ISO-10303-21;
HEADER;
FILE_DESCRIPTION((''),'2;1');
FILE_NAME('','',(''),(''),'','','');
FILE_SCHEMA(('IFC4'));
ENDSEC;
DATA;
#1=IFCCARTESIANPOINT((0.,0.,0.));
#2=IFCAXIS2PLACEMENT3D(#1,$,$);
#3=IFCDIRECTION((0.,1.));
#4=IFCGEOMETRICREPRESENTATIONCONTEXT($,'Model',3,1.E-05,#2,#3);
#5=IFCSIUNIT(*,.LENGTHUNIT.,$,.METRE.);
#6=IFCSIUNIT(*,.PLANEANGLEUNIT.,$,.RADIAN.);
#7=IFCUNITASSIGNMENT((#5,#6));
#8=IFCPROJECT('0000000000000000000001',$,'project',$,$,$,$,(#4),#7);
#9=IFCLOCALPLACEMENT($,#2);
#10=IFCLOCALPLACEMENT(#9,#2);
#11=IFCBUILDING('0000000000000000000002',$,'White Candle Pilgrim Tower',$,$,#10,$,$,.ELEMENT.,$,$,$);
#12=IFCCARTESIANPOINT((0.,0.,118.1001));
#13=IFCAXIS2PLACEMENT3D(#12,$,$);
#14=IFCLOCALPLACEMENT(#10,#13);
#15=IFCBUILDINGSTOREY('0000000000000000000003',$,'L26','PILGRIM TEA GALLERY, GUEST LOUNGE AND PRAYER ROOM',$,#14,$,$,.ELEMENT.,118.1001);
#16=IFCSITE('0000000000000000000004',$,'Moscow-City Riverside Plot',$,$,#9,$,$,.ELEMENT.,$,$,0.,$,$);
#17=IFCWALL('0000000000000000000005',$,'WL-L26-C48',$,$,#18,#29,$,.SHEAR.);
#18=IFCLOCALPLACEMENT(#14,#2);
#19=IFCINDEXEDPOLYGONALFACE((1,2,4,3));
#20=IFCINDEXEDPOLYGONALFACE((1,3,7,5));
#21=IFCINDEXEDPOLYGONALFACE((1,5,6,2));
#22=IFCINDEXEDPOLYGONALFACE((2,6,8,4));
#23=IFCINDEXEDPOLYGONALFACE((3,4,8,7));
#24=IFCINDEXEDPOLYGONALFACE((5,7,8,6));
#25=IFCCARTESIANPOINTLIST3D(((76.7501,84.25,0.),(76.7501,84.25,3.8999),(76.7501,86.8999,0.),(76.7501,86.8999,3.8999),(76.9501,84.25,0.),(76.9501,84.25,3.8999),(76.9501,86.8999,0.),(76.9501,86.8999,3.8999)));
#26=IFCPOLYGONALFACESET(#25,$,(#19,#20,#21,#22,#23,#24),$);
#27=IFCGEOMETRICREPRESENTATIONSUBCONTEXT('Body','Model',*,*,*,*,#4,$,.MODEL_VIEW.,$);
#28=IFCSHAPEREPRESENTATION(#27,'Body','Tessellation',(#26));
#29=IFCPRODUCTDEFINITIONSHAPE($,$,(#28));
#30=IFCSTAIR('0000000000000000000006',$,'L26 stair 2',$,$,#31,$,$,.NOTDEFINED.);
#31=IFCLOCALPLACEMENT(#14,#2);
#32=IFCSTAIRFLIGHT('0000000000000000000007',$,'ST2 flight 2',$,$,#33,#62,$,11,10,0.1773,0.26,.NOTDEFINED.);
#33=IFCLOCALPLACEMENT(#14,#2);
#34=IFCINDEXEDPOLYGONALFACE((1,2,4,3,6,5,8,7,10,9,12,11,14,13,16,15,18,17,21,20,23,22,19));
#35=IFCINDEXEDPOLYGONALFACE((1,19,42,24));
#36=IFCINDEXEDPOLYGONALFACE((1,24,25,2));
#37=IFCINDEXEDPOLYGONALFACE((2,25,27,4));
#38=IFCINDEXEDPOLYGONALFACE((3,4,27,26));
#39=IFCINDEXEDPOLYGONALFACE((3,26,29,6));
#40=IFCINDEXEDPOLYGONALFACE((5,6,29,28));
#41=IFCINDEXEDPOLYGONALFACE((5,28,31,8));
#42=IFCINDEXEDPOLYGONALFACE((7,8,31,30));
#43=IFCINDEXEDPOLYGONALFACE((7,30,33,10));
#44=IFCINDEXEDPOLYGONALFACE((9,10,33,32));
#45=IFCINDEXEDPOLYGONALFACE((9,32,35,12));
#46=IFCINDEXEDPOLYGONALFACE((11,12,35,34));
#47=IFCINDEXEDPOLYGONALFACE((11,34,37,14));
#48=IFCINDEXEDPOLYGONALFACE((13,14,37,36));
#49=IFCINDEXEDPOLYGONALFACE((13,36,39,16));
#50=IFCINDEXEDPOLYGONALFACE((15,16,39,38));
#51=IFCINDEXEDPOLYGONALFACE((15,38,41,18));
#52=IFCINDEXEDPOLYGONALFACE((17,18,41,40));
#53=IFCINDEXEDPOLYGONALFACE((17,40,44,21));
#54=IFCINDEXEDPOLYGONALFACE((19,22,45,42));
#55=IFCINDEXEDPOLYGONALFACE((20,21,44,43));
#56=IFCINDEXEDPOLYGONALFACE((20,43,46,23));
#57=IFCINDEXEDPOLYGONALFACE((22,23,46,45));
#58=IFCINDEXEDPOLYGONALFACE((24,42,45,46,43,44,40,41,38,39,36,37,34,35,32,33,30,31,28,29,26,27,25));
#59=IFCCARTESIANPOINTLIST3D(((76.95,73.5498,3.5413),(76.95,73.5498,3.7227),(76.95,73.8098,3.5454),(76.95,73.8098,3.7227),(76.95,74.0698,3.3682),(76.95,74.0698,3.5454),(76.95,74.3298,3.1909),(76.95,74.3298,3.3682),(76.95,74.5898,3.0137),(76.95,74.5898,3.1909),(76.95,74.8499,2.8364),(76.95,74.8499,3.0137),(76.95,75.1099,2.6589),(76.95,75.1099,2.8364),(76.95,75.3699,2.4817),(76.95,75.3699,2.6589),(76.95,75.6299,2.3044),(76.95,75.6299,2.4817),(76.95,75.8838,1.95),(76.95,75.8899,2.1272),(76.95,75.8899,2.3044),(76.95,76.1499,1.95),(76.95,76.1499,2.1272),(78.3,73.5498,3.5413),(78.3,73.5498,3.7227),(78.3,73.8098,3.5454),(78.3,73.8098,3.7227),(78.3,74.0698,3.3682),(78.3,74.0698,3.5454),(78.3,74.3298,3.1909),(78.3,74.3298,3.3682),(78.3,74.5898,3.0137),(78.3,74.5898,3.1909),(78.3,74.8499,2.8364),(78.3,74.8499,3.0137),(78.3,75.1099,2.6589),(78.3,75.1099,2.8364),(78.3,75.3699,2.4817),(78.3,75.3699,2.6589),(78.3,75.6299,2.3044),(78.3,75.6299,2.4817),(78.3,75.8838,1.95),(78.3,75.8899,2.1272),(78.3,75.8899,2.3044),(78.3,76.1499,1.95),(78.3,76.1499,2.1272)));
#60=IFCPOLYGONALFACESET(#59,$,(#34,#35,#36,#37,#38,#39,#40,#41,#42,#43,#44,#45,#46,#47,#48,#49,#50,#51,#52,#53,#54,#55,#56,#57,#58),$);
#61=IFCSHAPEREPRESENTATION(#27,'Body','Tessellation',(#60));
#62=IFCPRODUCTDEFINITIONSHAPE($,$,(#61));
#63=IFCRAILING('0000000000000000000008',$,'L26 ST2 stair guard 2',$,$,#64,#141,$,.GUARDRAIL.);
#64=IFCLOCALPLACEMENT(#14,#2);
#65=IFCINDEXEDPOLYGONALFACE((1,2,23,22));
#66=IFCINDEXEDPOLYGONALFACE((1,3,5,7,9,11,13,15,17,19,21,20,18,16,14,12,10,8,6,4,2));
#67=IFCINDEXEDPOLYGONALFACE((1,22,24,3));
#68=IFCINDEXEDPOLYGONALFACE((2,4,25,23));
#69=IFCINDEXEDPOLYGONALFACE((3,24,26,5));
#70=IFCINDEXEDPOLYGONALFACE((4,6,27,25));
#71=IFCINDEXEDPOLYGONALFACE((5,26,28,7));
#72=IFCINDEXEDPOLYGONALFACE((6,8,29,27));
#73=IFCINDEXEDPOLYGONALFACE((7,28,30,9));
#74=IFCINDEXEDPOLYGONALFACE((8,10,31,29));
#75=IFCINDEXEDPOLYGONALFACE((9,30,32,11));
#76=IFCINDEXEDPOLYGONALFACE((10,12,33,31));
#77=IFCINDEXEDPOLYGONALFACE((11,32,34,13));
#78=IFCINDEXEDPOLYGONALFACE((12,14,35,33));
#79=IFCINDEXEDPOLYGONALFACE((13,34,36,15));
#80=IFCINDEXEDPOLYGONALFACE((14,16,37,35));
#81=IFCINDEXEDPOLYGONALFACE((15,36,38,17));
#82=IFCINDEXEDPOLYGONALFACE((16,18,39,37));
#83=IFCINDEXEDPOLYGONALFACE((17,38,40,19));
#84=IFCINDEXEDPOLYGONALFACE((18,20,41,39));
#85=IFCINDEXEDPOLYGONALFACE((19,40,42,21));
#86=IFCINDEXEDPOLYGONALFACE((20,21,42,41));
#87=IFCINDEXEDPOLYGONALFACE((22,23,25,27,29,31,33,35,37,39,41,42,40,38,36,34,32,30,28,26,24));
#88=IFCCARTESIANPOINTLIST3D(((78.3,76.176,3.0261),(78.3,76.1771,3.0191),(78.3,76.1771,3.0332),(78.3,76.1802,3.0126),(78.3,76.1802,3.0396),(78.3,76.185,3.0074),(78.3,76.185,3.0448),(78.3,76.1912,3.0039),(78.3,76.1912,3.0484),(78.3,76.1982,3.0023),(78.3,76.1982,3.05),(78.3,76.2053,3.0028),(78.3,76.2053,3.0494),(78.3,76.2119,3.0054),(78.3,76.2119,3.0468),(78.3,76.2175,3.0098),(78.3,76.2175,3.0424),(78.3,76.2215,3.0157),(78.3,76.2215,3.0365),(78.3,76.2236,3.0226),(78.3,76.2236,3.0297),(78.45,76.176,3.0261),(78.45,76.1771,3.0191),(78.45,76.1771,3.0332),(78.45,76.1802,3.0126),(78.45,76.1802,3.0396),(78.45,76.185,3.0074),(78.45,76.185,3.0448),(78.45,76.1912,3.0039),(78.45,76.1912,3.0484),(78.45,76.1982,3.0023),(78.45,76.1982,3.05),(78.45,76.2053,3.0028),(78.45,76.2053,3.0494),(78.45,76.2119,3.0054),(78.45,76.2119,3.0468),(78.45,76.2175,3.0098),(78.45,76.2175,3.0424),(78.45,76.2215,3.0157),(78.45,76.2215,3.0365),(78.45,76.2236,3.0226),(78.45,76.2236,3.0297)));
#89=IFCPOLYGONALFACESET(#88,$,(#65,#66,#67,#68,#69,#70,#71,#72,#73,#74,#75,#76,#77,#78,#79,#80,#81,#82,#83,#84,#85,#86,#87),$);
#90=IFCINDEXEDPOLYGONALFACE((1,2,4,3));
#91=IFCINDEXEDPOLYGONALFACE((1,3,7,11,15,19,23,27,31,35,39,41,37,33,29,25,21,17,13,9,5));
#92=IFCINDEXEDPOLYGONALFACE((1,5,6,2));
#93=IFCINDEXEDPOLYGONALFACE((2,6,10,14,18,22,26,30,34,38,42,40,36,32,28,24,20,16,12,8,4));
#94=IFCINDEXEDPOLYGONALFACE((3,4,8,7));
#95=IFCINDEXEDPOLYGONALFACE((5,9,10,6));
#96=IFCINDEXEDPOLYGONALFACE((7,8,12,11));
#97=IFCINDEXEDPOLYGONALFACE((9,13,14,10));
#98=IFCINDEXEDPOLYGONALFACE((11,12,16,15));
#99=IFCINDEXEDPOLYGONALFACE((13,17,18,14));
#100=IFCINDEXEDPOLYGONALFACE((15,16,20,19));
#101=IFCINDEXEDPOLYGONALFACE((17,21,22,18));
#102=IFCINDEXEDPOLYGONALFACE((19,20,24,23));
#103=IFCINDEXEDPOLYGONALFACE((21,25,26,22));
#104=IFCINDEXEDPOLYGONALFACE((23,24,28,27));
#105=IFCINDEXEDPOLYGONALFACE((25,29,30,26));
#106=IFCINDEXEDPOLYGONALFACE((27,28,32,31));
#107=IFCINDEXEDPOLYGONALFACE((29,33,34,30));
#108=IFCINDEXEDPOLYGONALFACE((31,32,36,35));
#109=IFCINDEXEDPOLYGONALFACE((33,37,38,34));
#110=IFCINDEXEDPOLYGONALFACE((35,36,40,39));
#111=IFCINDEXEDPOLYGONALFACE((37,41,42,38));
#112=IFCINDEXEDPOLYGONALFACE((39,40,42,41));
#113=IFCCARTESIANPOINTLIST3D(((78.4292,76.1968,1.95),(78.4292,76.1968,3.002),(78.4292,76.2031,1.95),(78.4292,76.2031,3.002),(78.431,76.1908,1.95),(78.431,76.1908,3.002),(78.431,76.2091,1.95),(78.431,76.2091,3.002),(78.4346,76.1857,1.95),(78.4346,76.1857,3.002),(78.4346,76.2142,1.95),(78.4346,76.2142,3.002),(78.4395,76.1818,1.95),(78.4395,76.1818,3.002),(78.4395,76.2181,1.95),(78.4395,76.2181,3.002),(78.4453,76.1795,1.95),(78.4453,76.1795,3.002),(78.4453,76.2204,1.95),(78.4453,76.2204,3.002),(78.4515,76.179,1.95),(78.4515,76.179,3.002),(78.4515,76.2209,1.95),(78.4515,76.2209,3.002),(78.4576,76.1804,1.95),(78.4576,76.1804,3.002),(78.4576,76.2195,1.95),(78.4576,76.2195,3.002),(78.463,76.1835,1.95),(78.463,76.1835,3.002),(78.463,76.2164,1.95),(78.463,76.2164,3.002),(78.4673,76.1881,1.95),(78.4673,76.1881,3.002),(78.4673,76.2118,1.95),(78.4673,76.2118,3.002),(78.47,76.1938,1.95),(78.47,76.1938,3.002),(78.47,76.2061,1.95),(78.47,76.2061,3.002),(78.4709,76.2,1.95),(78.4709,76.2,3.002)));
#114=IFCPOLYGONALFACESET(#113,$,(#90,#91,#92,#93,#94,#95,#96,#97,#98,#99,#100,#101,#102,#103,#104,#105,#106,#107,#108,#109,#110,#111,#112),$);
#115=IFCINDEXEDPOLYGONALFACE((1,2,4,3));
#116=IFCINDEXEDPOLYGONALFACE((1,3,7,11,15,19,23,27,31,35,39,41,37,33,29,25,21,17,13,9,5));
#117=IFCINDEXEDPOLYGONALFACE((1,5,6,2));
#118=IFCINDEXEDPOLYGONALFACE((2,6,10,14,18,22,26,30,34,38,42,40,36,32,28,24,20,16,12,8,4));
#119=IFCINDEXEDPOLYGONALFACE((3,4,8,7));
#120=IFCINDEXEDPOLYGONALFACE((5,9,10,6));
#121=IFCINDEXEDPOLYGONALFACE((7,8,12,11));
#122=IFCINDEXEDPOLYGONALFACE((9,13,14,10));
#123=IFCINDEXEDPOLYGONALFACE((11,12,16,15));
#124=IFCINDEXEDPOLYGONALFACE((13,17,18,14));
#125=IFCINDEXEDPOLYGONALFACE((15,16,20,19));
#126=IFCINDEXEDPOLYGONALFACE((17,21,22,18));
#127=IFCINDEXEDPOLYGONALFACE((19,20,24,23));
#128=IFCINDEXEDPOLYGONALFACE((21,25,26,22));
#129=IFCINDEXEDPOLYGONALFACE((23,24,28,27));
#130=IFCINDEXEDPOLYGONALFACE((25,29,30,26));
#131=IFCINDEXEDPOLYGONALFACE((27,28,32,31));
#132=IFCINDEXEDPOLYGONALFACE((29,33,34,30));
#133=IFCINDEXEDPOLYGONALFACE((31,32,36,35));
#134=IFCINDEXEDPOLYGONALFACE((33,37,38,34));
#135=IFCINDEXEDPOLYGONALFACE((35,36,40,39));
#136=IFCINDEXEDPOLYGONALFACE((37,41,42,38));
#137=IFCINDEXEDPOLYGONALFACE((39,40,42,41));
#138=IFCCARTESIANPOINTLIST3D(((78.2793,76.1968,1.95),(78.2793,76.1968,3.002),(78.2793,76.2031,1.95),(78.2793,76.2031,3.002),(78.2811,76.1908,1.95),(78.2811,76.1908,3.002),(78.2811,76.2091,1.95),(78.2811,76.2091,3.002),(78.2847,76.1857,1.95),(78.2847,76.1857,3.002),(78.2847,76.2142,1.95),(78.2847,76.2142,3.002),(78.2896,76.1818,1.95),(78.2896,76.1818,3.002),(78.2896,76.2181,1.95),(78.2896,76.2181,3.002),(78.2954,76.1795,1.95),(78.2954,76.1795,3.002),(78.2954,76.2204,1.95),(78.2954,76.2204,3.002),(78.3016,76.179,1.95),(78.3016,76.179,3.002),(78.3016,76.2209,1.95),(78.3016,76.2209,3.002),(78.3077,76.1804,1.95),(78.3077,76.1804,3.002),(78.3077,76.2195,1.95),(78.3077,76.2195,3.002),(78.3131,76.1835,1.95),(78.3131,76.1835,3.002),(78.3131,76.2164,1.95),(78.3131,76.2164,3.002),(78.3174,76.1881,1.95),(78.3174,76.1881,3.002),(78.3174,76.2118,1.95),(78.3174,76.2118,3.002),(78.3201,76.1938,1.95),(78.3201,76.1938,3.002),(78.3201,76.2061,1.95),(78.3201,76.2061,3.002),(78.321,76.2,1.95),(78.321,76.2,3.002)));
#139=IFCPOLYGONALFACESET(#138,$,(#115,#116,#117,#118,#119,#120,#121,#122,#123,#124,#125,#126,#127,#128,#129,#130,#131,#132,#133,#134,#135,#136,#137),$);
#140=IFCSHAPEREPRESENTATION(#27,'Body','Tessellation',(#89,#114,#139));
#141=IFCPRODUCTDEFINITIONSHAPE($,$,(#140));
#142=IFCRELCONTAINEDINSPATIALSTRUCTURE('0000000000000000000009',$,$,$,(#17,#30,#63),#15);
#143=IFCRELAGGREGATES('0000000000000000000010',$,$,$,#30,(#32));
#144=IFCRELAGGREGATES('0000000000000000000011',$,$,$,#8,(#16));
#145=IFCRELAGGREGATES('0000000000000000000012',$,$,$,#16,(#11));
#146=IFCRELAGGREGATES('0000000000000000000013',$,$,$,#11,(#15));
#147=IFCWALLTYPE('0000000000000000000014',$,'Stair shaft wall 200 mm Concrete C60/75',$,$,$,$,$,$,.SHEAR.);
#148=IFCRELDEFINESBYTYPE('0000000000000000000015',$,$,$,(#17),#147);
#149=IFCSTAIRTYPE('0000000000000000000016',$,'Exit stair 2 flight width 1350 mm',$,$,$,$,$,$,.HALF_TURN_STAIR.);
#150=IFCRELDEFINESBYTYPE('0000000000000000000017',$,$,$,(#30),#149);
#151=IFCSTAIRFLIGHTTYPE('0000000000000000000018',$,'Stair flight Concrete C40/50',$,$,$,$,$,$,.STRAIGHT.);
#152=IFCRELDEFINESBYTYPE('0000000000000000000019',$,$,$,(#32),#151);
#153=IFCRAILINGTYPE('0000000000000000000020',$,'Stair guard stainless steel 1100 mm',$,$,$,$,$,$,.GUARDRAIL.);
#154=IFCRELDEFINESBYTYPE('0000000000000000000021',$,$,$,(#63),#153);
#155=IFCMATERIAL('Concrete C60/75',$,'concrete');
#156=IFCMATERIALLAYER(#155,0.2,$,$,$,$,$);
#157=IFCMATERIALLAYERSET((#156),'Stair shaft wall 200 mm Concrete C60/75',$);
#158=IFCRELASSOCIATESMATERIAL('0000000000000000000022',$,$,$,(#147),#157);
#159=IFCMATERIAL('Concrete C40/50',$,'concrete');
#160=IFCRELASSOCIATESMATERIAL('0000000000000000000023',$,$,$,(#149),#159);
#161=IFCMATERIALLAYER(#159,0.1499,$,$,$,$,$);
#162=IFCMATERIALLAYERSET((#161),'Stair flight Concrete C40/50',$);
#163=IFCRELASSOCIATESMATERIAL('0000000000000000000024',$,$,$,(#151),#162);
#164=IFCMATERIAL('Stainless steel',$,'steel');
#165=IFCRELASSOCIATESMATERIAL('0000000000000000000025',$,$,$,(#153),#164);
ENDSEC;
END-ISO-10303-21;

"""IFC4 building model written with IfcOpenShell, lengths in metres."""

from ifc_helpers import new_model, si_unit, direction, frame, frame_2d, origin, origin_2d, place, context, subcontext, project, spatial, polyline, rectangle, circle, outline, extrude, material, layer, layer_set, type_object, element, aggregate, save


model = new_model("IFC4")

# Units and contexts
model_context = context("Model", 3, precision=1e-05, world=origin(), true_north=direction((0.0, 1.0)))
body_context = subcontext(model_context, "Body", "Model", "MODEL_VIEW")
ifc_project = project(units=[si_unit("LENGTHUNIT", "METRE"), si_unit("PLANEANGLEUNIT", "RADIAN")], contexts=[model_context])

# Site, building, storey
site_placement = place(None, origin())
site = spatial("IfcSite", under=ifc_project, at=site_placement, Name="Moscow-City Riverside Plot", CompositionType="ELEMENT", RefElevation=0.0)
building_placement = place(site_placement, origin())
building = spatial("IfcBuilding", under=site, at=building_placement, Name="White Candle Pilgrim Tower", CompositionType="ELEMENT")
storey_placement = place(building_placement, frame((0.0, 0.0, 118.1001)))
storey = spatial("IfcBuildingStorey", under=building, at=storey_placement, Name="L26", Description="PILGRIM TEA GALLERY, GUEST LOUNGE AND PRAYER ROOM", CompositionType="ELEMENT", Elevation=118.1001)

# Shared definitions
ifc_material_1 = material(Name="Concrete C60/75", Category="concrete")

# Wall
ifc_layer_1 = layer(ifc_material_1, 0.2)
ifc_layer_set_1 = layer_set([ifc_layer_1], Name="Stair shaft wall 200 mm Concrete C60/75")
wall_type_1 = type_object("IfcWallType", Name="Stair shaft wall 200 mm Concrete C60/75", PredefinedType="SHEAR", material=ifc_layer_set_1)
wall_1_placement = place(storey_placement, frame((76.8501, 84.25, 0.0), z_axis=(0.0, 0.0, 1.0), x_axis=(0.0, 1.0, 0.0)))
element("IfcWall", 1, at=wall_1_placement, inside=storey, type_object=wall_type_1, Name="WL-L26-C48", PredefinedType="SHEAR", context=body_context, shape_type="SweptSolid", body=[
    extrude(rectangle(XDim=2.6499, YDim=0.2, at=frame_2d((1.325, 0.0))), origin(), (0.0, 0.0, 1.0), 3.8999),
])

# Stair, stair flight
ifc_material_2 = material(Name="Concrete C40/50", Category="concrete")
stair_type = type_object("IfcStairType", Name="Exit stair 2 flight width 1350 mm", PredefinedType="HALF_TURN_STAIR", material=ifc_material_2)
stair_placement = place(storey_placement, origin())
stair = element("IfcStair", 2, at=stair_placement, inside=storey, type_object=stair_type, Name="L26 stair 2", PredefinedType="NOTDEFINED")
ifc_layer_2 = layer(ifc_material_2, 0.1499)
ifc_layer_set_2 = layer_set([ifc_layer_2], Name="Stair flight Concrete C40/50")
stair_flight_type = type_object("IfcStairFlightType", Name="Stair flight Concrete C40/50", PredefinedType="STRAIGHT", material=ifc_layer_set_2)
stair_flight_placement = place(storey_placement, frame((77.625, 76.1499, 1.95), z_axis=(0.0, 0.0, 1.0), x_axis=(0.0, -1.0, 0.0)))
stair_flight = element("IfcStairFlight", 3, at=stair_flight_placement, type_object=stair_flight_type, Name="ST2 flight 2", NumberOfRisers=11, NumberOfTreads=10, PredefinedType="NOTDEFINED", RiserHeight=0.1773, TreadLength=0.26, context=body_context, shape_type="SweptSolid", body=[
    extrude(outline(polyline([(0.0, 0.0), (0.0, 0.1772), (0.26, 0.1772), (0.26, 0.3545), (0.52, 0.3545), (0.52, 0.5317), (0.78, 0.5317), (0.78, 0.709), (1.04, 0.709), (1.04, 0.8865), (1.3, 0.8865), (1.3, 1.0637), (1.5601, 1.0637), (1.5601, 1.241), (1.8201, 1.241), (1.8201, 1.4182), (2.0801, 1.4182), (2.0801, 1.5955), (2.3401, 1.5955), (2.3401, 1.7727), (2.6001, 1.7727), (2.6001, 1.95), (2.6001, 1.5913), (0.2661, 0.0), (0.0, 0.0)])), frame((0.0, 0.675, 0.0), z_axis=(0.0, -1.0, 0.0), x_axis=(1.0, 0.0, 0.0)), (0.0, 0.0, 1.0), 1.3501),
])
aggregate(stair, [stair_flight])

# Railing
ifc_material_3 = material(Name="Stainless steel", Category="steel")
railing_type_1 = type_object("IfcRailingType", Name="Stair guard stainless steel 1100 mm", PredefinedType="GUARDRAIL", material=ifc_material_3)
railing_1_placement = place(storey_placement, frame((78.45, 76.2, 1.95)))
element("IfcRailing", 4, at=railing_1_placement, inside=storey, type_object=railing_type_1, Name="L26 ST2 stair guard 2", PredefinedType="GUARDRAIL", context=body_context, shape_type="SweptSolid", body=[
    extrude(circle(Radius=0.0239, at=origin_2d()), frame((0.0, 0.0, 1.0762), z_axis=(-1.0, 0.0, 0.0), x_axis=(0.0, -1.0, 0.0)), (0.0, 0.0, 1.0), 0.1499),
    extrude(circle(Radius=0.021, at=origin_2d()), origin(), (0.0, 0.0, 1.0), 1.052),
    extrude(circle(Radius=0.021, at=origin_2d()), frame((-0.1499, 0.0, 0.0)), (0.0, 0.0, 1.0), 1.052),
])

save(model, "model.ifc")
